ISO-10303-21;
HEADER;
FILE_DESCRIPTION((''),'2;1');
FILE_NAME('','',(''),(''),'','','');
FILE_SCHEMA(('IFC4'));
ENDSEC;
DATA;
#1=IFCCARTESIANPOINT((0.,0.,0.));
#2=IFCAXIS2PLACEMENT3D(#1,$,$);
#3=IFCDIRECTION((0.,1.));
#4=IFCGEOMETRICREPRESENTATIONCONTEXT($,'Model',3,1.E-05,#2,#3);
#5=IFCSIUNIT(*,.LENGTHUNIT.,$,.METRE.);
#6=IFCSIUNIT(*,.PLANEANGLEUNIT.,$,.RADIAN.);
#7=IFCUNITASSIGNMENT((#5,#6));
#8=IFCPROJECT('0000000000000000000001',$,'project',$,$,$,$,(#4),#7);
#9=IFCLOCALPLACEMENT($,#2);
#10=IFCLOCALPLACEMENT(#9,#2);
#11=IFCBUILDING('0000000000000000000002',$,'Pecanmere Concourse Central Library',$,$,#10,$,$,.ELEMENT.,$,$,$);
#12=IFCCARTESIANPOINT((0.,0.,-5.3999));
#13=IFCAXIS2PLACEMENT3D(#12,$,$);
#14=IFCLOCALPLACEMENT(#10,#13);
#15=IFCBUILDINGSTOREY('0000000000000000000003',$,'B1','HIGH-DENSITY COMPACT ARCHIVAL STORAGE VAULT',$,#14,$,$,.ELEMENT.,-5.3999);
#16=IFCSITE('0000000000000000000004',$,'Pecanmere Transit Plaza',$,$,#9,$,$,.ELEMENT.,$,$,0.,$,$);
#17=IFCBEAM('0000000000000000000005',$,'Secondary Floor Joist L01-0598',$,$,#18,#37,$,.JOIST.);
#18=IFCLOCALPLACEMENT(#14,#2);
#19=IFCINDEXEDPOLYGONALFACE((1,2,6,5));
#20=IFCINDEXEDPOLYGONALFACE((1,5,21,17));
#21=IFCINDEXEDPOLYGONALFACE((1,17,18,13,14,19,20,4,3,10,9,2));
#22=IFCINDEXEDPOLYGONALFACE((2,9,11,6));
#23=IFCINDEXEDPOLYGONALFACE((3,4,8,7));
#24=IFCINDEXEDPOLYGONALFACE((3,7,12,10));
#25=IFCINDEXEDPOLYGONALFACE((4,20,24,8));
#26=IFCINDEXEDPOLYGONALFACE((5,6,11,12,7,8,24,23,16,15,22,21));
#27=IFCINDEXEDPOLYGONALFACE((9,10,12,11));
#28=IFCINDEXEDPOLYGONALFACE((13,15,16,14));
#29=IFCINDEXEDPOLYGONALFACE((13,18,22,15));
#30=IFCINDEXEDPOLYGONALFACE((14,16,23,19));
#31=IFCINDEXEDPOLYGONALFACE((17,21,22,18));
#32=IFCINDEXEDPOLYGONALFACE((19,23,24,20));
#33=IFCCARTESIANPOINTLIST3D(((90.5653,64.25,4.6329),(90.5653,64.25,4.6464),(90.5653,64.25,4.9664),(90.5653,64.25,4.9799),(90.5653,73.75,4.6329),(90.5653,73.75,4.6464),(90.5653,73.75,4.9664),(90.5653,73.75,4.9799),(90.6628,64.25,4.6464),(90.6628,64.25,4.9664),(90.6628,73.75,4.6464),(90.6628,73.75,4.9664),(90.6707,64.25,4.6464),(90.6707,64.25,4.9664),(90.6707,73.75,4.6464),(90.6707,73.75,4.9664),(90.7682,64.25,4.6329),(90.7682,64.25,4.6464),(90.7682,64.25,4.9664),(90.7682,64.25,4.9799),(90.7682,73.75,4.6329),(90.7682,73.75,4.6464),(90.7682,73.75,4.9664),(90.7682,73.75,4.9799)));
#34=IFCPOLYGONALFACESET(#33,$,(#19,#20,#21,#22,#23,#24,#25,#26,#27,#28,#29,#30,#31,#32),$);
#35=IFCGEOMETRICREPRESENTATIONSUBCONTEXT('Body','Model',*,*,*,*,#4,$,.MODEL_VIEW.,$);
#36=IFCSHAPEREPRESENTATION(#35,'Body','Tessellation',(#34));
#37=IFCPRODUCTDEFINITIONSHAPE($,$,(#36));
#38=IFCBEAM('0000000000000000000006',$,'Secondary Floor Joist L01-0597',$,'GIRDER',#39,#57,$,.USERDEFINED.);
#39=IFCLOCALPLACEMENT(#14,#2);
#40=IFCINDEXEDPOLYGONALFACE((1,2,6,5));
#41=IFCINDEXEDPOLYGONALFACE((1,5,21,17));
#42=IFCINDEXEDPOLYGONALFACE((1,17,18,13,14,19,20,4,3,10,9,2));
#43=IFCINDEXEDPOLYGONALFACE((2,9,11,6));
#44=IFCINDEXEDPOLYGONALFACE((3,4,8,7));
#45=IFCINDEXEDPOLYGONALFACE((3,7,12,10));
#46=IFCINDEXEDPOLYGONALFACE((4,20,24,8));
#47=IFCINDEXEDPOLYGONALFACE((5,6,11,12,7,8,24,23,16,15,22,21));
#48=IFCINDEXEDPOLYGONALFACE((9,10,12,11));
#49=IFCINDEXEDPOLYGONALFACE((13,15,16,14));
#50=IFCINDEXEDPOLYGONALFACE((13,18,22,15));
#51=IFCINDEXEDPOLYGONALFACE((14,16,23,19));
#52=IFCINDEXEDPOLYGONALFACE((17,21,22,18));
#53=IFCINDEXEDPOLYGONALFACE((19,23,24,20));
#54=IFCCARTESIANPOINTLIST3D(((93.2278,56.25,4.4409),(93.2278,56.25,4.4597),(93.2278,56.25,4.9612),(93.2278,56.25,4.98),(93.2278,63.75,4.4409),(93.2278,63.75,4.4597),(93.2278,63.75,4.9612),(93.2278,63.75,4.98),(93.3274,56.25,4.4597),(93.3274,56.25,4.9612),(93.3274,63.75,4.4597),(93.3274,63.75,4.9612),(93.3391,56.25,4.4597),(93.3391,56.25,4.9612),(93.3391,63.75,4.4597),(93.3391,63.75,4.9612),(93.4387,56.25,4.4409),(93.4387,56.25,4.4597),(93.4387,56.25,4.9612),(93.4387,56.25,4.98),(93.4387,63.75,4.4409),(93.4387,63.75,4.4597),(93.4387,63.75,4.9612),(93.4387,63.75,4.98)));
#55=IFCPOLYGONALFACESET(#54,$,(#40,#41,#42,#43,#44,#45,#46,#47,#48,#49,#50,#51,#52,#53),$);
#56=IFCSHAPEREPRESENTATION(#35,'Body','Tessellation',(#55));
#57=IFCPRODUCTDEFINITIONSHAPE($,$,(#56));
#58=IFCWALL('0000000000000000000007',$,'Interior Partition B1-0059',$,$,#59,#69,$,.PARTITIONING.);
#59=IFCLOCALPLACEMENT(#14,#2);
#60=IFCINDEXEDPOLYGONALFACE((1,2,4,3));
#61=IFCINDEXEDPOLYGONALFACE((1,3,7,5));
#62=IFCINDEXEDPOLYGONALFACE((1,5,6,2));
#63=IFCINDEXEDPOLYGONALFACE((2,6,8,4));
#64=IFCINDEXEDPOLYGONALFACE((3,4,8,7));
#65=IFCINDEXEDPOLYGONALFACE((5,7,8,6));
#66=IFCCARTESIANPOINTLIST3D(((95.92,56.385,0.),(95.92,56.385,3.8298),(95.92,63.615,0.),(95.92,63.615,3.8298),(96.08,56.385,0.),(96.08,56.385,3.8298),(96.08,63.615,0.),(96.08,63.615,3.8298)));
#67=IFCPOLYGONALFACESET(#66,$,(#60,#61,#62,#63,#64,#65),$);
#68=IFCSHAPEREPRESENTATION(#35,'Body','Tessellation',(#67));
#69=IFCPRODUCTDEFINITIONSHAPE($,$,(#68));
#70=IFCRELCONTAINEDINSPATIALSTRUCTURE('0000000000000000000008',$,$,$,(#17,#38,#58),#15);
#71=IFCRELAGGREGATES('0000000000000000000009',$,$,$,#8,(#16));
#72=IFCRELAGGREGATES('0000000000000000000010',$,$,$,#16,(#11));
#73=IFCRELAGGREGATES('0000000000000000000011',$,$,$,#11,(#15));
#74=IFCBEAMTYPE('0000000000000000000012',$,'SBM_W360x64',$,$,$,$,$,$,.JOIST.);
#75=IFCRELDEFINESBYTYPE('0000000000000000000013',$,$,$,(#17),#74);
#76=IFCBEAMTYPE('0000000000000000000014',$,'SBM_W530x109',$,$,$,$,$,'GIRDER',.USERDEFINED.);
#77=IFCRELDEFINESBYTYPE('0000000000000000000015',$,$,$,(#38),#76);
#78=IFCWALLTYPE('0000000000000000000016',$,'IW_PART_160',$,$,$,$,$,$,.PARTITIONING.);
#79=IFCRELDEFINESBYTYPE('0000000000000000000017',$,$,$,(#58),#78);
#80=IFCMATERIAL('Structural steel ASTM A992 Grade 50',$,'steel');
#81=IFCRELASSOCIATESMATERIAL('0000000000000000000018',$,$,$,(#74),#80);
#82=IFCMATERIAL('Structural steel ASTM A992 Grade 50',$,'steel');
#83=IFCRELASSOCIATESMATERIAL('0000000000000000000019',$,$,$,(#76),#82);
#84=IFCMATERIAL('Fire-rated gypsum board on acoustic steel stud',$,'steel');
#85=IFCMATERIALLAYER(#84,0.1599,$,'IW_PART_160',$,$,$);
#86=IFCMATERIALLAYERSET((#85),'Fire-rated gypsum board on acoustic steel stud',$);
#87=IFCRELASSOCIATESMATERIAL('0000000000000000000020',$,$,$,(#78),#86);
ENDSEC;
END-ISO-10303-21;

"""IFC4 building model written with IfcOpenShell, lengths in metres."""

from ifc_helpers import new_model, si_unit, direction, frame, frame_2d, origin, origin_2d, place, context, subcontext, project, spatial, rectangle, i_section, extrude, material, layer, layer_set, material_profile, profile_set, type_object, element, save


model = new_model("IFC4")

# Units and contexts
model_context = context("Model", 3, precision=1e-05, world=origin(), true_north=direction((0.0, 1.0)))
body_context = subcontext(model_context, "Body", "Model", "MODEL_VIEW")
ifc_project = project(units=[si_unit("LENGTHUNIT", "METRE"), si_unit("PLANEANGLEUNIT", "RADIAN")], contexts=[model_context])

# Site, building, storey
site_placement = place(None, origin())
site = spatial("IfcSite", under=ifc_project, at=site_placement, Name="Pecanmere Transit Plaza", CompositionType="ELEMENT", RefElevation=0.0)
building_placement = place(site_placement, origin())
building = spatial("IfcBuilding", under=site, at=building_placement, Name="Pecanmere Concourse Central Library", CompositionType="ELEMENT")
storey_placement = place(building_placement, frame((0.0, 0.0, -5.3999)))
storey = spatial("IfcBuildingStorey", under=building, at=storey_placement, Name="B1", Description="HIGH-DENSITY COMPACT ARCHIVAL STORAGE VAULT", CompositionType="ELEMENT", Elevation=-5.3999)

# Beams
ifc_material_1 = material(Name="Structural steel ASTM A992 Grade 50", Category="steel")
ifc_material_profile_1 = material_profile(ifc_material_1, i_section(OverallWidth=0.2029, OverallDepth=0.3469, WebThickness=0.0078, FlangeThickness=0.0134, at=origin_2d()), Name="W360x64")
ifc_profile_set_1 = profile_set([ifc_material_profile_1], Name="Structural steel ASTM A992 Grade 50")
beam_type_1 = type_object("IfcBeamType", Name="SBM_W360x64", PredefinedType="JOIST", material=ifc_profile_set_1)
beam_1_placement = place(storey_placement, frame((90.6667, 64.25, 4.8064), z_axis=(0.0, 1.0, 0.0), x_axis=(-1.0, 0.0, 0.0)))
element("IfcBeam", 1, at=beam_1_placement, inside=storey, type_object=beam_type_1, Name="Secondary Floor Joist L01-0598", PredefinedType="JOIST", context=body_context, shape_type="SweptSolid", body=[
    extrude(i_section(OverallWidth=0.2029, OverallDepth=0.3469, WebThickness=0.0078, FlangeThickness=0.0134, at=origin_2d()), origin(), (0.0, 0.0, 1.0), 9.5),
])
ifc_material_2 = material(Name="Structural steel ASTM A992 Grade 50", Category="steel")
ifc_material_profile_2 = material_profile(ifc_material_2, i_section(OverallWidth=0.2109, OverallDepth=0.5391, WebThickness=0.0117, FlangeThickness=0.0188, at=origin_2d()), Name="W530x109")
ifc_profile_set_2 = profile_set([ifc_material_profile_2], Name="Structural steel ASTM A992 Grade 50")
beam_type_2 = type_object("IfcBeamType", Name="SBM_W530x109", ElementType="GIRDER", PredefinedType="USERDEFINED", material=ifc_profile_set_2)
beam_2_placement = place(storey_placement, frame((93.3333, 56.25, 4.7104), z_axis=(0.0, 1.0, 0.0), x_axis=(-1.0, 0.0, 0.0)))
element("IfcBeam", 2, at=beam_2_placement, inside=storey, type_object=beam_type_2, Name="Secondary Floor Joist L01-0597", ObjectType="GIRDER", PredefinedType="USERDEFINED", context=body_context, shape_type="SweptSolid", body=[
    extrude(i_section(OverallWidth=0.2109, OverallDepth=0.5391, WebThickness=0.0117, FlangeThickness=0.0188, at=origin_2d()), origin(), (0.0, 0.0, 1.0), 7.5),
])

# Wall
ifc_material_3 = material(Name="Fire-rated gypsum board on acoustic steel stud", Category="steel")
ifc_layer = layer(ifc_material_3, 0.1599, Name="IW_PART_160")
ifc_layer_set = layer_set([ifc_layer], Name="Fire-rated gypsum board on acoustic steel stud")
wall_type = type_object("IfcWallType", Name="IW_PART_160", PredefinedType="PARTITIONING", material=ifc_layer_set)
wall_placement = place(storey_placement, frame((96.0, 56.385, 0.0), z_axis=(0.0, 0.0, 1.0), x_axis=(0.0, 1.0, 0.0)))
element("IfcWall", 3, at=wall_placement, inside=storey, type_object=wall_type, Name="Interior Partition B1-0059", PredefinedType="PARTITIONING", context=body_context, shape_type="SweptSolid", body=[
    extrude(rectangle(XDim=7.23, YDim=0.1599, at=frame_2d((3.615, 0.0))), origin(), (0.0, 0.0, 1.0), 3.8298),
])

save(model, "model.ifc")
